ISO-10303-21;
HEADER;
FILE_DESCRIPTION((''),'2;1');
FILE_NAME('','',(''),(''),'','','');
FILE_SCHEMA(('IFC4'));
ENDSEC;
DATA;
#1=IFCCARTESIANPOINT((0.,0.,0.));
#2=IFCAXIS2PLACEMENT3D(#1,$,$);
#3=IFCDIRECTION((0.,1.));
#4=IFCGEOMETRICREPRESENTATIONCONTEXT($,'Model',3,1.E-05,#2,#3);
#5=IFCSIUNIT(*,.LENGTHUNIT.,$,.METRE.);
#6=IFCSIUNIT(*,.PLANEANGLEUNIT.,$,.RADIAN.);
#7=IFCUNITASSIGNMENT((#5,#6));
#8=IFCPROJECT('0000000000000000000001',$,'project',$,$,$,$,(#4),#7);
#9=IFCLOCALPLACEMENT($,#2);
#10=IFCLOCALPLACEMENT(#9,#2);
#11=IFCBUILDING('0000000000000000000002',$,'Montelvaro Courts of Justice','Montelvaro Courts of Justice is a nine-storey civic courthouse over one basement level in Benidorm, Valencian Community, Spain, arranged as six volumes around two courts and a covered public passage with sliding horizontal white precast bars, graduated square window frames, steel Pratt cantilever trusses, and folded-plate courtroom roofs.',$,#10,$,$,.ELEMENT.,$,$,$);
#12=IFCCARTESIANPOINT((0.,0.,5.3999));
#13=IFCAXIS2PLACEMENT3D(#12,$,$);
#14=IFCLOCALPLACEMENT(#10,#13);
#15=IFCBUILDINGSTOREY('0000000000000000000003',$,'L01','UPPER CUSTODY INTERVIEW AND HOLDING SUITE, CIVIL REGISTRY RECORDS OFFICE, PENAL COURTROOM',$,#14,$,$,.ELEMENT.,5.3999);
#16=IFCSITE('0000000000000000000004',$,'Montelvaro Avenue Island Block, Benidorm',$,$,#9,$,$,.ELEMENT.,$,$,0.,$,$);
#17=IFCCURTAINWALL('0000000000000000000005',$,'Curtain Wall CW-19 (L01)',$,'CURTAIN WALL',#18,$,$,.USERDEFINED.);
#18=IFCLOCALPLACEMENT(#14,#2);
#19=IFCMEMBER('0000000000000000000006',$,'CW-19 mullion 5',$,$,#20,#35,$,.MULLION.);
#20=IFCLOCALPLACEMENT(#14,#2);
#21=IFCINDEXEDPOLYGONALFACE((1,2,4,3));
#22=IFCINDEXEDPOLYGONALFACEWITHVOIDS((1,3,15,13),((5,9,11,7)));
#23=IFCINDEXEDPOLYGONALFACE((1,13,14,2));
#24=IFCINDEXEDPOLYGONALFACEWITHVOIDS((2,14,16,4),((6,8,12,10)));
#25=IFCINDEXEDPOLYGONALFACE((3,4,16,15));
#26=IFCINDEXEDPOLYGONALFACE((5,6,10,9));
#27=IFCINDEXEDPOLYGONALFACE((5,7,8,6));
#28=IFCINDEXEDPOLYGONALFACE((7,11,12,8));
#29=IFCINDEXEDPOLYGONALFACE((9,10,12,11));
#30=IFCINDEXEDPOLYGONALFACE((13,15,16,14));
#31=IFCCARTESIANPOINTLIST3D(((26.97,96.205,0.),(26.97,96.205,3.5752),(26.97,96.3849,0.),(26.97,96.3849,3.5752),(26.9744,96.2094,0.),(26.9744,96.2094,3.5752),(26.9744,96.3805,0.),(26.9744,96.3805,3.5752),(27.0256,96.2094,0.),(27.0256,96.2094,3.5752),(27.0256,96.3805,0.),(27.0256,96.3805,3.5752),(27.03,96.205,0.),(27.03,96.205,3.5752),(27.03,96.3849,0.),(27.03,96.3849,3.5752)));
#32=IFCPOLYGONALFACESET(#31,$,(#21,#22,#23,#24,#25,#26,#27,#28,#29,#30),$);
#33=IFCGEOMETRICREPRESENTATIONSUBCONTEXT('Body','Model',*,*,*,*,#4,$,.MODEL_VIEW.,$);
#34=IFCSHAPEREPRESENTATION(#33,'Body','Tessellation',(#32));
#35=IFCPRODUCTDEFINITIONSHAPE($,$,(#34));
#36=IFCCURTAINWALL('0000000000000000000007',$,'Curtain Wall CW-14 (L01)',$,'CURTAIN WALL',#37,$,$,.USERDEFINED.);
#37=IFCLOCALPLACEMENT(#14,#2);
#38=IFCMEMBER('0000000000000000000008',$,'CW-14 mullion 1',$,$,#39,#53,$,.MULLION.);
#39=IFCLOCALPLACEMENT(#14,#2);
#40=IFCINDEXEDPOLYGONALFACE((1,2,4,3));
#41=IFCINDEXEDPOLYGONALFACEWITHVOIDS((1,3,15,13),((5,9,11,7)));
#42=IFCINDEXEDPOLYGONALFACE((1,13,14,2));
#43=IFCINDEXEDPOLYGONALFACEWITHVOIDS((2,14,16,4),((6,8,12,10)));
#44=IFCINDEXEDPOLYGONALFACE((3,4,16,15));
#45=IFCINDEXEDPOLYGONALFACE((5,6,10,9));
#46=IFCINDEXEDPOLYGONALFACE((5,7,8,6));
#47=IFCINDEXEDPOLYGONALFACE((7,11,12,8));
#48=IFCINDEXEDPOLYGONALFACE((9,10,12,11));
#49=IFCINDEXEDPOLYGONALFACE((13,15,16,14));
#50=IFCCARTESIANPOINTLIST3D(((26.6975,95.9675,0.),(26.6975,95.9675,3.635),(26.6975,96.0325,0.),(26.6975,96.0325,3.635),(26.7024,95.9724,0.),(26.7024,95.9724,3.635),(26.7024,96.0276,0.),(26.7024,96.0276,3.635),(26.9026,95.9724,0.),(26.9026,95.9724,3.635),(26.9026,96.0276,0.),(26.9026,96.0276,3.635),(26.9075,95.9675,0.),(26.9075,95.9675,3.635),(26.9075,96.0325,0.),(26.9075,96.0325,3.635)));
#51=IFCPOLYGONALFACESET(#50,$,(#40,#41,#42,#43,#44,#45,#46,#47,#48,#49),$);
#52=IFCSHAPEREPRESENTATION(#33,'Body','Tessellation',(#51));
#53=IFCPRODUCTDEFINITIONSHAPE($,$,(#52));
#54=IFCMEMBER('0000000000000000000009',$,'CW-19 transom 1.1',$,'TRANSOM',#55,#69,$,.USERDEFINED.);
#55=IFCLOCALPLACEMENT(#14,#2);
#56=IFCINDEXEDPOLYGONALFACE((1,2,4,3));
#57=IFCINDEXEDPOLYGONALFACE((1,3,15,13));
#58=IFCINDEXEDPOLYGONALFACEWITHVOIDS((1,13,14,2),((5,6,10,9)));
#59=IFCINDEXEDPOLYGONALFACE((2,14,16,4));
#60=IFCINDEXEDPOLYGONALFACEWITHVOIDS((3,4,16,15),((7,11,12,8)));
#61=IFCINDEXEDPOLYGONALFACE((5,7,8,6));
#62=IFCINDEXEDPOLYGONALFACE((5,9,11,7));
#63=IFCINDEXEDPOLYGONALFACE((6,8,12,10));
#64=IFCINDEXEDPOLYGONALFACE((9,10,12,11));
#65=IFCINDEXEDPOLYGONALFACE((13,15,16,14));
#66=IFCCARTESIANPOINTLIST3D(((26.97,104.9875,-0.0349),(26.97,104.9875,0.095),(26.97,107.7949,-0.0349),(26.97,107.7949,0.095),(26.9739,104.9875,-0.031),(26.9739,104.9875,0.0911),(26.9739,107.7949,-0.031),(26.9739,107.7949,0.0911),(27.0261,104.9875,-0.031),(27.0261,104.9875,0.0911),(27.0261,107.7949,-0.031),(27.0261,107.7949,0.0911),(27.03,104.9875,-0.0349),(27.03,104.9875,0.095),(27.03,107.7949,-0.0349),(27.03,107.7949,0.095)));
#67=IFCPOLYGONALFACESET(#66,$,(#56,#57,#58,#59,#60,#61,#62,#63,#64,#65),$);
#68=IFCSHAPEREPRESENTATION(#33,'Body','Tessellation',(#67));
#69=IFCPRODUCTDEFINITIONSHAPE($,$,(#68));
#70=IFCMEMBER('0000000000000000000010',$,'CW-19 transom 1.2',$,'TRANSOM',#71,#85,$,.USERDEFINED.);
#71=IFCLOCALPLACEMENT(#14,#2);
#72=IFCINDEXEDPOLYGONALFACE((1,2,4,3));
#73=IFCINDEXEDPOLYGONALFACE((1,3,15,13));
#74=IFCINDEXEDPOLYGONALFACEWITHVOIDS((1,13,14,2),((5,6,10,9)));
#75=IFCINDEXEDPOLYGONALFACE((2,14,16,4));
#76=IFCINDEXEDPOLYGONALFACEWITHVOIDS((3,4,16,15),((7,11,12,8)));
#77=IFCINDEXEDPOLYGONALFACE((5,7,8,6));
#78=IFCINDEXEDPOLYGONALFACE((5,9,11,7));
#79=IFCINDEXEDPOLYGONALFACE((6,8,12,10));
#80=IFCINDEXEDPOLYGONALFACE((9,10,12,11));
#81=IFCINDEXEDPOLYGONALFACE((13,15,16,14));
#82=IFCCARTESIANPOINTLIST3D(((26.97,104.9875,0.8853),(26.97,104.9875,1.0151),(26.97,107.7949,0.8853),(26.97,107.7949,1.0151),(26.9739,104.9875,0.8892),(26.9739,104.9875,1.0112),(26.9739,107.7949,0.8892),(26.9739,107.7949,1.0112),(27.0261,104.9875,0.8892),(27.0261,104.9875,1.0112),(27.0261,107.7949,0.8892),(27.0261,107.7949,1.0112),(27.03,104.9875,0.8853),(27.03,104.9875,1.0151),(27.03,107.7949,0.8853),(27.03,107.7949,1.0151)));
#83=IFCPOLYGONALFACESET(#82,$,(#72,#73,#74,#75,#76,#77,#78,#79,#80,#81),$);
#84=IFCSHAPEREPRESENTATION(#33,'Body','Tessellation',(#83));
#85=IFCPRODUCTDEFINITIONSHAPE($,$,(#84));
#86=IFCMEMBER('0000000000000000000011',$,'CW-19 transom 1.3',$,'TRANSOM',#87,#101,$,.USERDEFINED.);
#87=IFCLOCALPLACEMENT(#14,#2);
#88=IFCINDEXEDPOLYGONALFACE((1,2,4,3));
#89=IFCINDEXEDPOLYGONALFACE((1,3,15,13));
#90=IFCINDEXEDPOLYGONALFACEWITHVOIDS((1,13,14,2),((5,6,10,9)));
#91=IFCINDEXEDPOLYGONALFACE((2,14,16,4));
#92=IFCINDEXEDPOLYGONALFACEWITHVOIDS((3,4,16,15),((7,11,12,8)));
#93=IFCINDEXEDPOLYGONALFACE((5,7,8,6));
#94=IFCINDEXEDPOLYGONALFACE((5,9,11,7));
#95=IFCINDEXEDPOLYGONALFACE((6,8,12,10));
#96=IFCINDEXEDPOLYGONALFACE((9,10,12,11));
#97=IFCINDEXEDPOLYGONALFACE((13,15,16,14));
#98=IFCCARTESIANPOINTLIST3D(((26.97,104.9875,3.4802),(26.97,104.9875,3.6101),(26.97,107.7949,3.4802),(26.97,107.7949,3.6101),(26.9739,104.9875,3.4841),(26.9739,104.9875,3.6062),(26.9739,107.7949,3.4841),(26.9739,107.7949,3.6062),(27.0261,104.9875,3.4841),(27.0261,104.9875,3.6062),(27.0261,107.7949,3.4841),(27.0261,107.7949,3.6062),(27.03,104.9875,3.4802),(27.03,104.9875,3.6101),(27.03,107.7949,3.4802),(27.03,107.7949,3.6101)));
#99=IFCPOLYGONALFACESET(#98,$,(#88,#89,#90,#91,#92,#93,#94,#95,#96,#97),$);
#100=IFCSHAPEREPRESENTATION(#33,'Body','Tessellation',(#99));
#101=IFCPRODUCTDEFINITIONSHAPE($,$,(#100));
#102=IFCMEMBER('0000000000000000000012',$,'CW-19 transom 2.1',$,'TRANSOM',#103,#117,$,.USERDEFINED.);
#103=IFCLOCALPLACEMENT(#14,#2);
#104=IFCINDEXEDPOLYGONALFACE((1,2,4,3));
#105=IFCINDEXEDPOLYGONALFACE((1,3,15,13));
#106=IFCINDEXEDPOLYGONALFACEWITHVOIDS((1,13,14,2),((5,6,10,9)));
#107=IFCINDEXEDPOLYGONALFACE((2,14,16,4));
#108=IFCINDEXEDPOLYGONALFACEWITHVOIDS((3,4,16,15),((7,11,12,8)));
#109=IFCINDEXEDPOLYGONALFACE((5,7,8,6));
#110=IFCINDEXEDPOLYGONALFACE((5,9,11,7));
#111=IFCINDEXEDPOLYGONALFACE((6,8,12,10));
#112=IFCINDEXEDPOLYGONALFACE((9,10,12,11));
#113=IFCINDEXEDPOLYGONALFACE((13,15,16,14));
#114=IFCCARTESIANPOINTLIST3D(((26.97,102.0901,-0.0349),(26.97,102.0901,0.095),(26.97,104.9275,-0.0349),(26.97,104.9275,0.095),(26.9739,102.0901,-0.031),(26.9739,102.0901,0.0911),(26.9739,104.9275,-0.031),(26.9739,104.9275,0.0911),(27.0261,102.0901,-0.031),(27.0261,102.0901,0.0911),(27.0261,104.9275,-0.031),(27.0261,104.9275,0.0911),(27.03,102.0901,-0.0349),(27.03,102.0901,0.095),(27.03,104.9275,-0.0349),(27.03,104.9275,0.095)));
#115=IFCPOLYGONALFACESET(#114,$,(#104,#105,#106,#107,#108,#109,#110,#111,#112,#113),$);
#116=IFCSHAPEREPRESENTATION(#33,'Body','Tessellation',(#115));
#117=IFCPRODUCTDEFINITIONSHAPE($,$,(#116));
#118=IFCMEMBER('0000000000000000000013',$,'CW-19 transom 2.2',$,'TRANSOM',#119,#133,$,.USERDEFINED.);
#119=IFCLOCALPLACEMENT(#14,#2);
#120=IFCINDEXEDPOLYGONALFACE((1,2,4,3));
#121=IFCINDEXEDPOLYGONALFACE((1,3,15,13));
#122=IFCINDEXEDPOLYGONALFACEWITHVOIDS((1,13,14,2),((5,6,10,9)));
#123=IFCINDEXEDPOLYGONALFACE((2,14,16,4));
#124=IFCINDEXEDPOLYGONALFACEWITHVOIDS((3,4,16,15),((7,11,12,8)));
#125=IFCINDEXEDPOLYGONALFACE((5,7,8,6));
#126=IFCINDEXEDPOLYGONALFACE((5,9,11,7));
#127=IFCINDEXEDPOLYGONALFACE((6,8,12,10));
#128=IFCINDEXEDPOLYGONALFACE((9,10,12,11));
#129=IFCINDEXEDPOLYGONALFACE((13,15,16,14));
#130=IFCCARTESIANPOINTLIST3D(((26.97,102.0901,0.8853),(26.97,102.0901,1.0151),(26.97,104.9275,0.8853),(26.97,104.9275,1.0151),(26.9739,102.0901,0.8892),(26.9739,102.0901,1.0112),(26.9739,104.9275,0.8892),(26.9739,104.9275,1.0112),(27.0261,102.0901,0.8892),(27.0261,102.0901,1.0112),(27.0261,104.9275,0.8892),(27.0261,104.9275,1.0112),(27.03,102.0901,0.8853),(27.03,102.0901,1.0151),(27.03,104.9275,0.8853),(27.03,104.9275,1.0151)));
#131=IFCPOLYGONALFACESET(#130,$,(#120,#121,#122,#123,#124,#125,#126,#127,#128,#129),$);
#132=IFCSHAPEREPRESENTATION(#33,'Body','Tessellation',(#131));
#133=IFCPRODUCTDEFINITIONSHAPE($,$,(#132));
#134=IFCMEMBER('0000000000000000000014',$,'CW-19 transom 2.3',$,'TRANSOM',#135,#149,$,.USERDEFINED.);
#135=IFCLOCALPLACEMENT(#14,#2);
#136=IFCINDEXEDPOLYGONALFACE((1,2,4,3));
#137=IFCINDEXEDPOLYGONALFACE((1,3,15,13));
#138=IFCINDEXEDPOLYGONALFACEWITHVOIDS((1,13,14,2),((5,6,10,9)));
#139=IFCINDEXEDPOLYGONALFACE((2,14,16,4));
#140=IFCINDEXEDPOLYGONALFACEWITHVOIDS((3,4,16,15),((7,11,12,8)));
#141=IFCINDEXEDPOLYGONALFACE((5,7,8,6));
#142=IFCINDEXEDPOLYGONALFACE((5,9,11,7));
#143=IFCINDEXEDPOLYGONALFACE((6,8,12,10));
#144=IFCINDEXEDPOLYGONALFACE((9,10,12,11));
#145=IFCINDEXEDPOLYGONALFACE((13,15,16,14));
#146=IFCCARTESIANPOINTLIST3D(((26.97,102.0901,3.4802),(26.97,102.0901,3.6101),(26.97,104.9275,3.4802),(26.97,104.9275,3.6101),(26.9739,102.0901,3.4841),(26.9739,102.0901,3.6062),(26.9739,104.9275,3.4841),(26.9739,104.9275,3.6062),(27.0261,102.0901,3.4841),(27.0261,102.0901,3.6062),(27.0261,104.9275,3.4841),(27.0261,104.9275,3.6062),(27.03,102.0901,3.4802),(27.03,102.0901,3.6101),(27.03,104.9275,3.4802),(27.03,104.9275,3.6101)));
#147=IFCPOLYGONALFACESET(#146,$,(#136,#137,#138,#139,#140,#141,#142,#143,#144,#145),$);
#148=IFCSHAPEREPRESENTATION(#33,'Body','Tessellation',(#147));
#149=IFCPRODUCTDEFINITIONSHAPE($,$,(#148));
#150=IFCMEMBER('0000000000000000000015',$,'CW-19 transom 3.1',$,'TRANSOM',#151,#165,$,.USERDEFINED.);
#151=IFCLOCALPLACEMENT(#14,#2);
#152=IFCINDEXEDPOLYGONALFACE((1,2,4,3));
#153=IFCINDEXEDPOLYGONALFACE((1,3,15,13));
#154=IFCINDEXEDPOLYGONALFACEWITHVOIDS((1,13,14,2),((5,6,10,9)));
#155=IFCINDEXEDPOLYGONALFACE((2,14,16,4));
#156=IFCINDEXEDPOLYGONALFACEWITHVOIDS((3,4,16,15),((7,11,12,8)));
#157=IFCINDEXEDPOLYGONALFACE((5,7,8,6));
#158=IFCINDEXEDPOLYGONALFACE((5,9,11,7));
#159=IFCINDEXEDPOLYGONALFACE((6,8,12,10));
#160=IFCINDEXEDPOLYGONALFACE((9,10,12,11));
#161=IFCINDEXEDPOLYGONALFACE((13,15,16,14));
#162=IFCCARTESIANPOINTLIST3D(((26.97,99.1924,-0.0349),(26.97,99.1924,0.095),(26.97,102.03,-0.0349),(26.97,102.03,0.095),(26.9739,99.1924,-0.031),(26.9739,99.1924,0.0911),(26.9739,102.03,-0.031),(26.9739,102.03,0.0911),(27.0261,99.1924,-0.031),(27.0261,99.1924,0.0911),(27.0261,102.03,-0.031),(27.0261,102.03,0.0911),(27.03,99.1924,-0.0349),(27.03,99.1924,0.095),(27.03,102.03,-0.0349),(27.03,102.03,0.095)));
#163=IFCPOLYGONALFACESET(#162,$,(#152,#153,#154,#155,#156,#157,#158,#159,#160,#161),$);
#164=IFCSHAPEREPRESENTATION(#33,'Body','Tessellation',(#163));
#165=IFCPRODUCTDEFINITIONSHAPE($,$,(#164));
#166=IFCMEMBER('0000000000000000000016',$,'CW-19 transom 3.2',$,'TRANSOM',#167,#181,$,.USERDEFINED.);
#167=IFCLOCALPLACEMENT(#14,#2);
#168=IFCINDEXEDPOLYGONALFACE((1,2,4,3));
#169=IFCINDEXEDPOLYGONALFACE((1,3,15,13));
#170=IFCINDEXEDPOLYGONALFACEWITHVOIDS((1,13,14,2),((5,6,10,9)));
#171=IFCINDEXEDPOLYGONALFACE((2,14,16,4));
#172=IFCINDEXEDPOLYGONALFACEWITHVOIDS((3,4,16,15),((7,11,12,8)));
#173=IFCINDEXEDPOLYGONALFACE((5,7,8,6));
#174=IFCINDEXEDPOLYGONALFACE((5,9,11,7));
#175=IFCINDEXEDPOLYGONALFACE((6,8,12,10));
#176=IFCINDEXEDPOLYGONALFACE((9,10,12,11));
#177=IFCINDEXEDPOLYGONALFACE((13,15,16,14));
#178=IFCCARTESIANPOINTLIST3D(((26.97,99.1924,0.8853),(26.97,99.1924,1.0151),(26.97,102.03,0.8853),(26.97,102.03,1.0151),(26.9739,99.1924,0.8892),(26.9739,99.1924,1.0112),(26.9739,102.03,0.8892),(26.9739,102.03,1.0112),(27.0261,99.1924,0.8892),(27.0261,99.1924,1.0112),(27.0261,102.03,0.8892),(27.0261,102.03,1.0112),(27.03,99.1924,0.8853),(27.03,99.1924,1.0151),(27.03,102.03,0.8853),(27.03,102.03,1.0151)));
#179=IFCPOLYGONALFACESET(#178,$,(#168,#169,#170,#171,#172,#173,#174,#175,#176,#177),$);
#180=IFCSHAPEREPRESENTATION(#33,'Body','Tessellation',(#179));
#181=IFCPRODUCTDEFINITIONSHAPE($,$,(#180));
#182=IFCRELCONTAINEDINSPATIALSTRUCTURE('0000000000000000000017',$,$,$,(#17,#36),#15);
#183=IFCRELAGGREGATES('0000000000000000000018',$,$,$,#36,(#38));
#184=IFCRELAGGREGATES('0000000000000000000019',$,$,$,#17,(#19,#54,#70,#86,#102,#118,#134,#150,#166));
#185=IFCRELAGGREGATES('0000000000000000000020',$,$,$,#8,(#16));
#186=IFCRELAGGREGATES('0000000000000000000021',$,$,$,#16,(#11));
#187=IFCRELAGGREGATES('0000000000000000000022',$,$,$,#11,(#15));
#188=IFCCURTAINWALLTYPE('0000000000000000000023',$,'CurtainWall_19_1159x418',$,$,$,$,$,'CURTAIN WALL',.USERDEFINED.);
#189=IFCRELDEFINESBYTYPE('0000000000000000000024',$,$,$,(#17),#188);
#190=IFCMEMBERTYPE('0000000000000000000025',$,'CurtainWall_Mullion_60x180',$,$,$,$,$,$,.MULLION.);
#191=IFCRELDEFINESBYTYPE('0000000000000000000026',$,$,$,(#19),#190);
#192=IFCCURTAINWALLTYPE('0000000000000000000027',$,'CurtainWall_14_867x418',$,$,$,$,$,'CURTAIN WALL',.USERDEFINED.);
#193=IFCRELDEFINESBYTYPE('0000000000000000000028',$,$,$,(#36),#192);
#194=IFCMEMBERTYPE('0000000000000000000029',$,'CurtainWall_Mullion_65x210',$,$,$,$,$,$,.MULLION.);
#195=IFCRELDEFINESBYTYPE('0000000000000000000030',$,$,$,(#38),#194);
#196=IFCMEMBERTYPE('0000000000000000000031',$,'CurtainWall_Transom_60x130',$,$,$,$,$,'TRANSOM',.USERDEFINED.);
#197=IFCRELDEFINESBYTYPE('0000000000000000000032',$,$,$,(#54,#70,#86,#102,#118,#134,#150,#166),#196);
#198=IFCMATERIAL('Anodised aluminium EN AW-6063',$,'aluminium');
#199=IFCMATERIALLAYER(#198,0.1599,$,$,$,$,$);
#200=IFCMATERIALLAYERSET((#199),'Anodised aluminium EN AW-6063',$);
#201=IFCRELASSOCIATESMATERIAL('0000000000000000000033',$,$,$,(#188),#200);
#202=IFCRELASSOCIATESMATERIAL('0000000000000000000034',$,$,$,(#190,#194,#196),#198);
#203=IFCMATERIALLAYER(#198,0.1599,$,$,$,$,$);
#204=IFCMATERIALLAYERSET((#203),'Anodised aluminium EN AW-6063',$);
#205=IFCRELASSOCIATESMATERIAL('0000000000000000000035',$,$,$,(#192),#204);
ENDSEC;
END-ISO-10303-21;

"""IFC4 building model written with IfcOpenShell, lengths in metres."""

from ifc_helpers import new_model, si_unit, direction, frame, origin, origin_2d, place, context, subcontext, project, spatial, hollow_rectangle, extrude, material, layer, layer_set, material_profile, profile_set, type_object, element, aggregate, save


model = new_model("IFC4")

# Units and contexts
model_context = context("Model", 3, precision=1e-05, world=origin(), true_north=direction((0.0, 1.0)))
body_context = subcontext(model_context, "Body", "Model", "MODEL_VIEW")
ifc_project = project(units=[si_unit("LENGTHUNIT", "METRE"), si_unit("PLANEANGLEUNIT", "RADIAN")], contexts=[model_context])

# Site, building, storey
site_placement = place(None, origin())
site = spatial("IfcSite", under=ifc_project, at=site_placement, Name="Montelvaro Avenue Island Block, Benidorm", CompositionType="ELEMENT", RefElevation=0.0)
building_placement = place(site_placement, origin())
building = spatial("IfcBuilding", under=site, at=building_placement, Name="Montelvaro Courts of Justice", Description="Montelvaro Courts of Justice is a nine-storey civic courthouse over one basement level in Benidorm, Valencian Community, Spain, arranged as six volumes around two courts and a covered public passage with sliding horizontal white precast bars, graduated square window frames, steel Pratt cantilever trusses, and folded-plate courtroom roofs.", CompositionType="ELEMENT")
storey_placement = place(building_placement, frame((0.0, 0.0, 5.3999)))
storey = spatial("IfcBuildingStorey", under=building, at=storey_placement, Name="L01", Description="UPPER CUSTODY INTERVIEW AND HOLDING SUITE, CIVIL REGISTRY RECORDS OFFICE, PENAL COURTROOM", CompositionType="ELEMENT", Elevation=5.3999)

# Curtain wall, member
ifc_material_1 = material(Name="Anodised aluminium EN AW-6063", Category="aluminium")
ifc_layer_1 = layer(ifc_material_1, 0.1599)
ifc_layer_set_1 = layer_set([ifc_layer_1], Name="Anodised aluminium EN AW-6063")
curtain_wall_type_1 = type_object("IfcCurtainWallType", Name="CurtainWall_19_1159x418", ElementType="CURTAIN WALL", PredefinedType="USERDEFINED", material=ifc_layer_set_1)
curtain_wall_1_placement = place(storey_placement, origin())
curtain_wall_1 = element("IfcCurtainWall", 1, at=curtain_wall_1_placement, inside=storey, type_object=curtain_wall_type_1, Name="Curtain Wall CW-19 (L01)", ObjectType="CURTAIN WALL", PredefinedType="USERDEFINED")
ifc_material_profile_1 = material_profile(ifc_material_1, hollow_rectangle(XDim=0.0601, YDim=0.1799, WallThickness=0.0044, at=origin_2d()), Name="ALU-M 60x180")
ifc_profile_set_1 = profile_set([ifc_material_profile_1], Name="Anodised aluminium EN AW-6063")
member_type_1 = type_object("IfcMemberType", Name="CurtainWall_Mullion_60x180", PredefinedType="MULLION", material=ifc_profile_set_1)
member_1_placement = place(storey_placement, frame((27.0, 96.2949, 0.0), z_axis=(0.0, 0.0, 1.0), x_axis=(1.0, 0.0, 0.0)))
member_1 = element("IfcMember", 2, at=member_1_placement, type_object=member_type_1, Name="CW-19 mullion 5", PredefinedType="MULLION", context=body_context, shape_type="SweptSolid", body=[
    extrude(hollow_rectangle(XDim=0.0601, YDim=0.1799, WallThickness=0.0044, at=origin_2d()), origin(), (0.0, 0.0, 1.0), 3.5752),
])

# Curtain wall, member
ifc_layer_2 = layer(ifc_material_1, 0.1599)
ifc_layer_set_2 = layer_set([ifc_layer_2], Name="Anodised aluminium EN AW-6063")
curtain_wall_type_2 = type_object("IfcCurtainWallType", Name="CurtainWall_14_867x418", ElementType="CURTAIN WALL", PredefinedType="USERDEFINED", material=ifc_layer_set_2)
curtain_wall_2_placement = place(storey_placement, origin())
curtain_wall_2 = element("IfcCurtainWall", 3, at=curtain_wall_2_placement, inside=storey, type_object=curtain_wall_type_2, Name="Curtain Wall CW-14 (L01)", ObjectType="CURTAIN WALL", PredefinedType="USERDEFINED")
ifc_material_profile_2 = material_profile(ifc_material_1, hollow_rectangle(XDim=0.0649, YDim=0.21, WallThickness=0.0049, at=origin_2d()), Name="ALU-M 65x210")
ifc_profile_set_2 = profile_set([ifc_material_profile_2], Name="Anodised aluminium EN AW-6063")
member_type_2 = type_object("IfcMemberType", Name="CurtainWall_Mullion_65x210", PredefinedType="MULLION", material=ifc_profile_set_2)
member_2_placement = place(storey_placement, frame((26.8025, 96.0, 0.0), z_axis=(0.0, 0.0, 1.0), x_axis=(0.0, -1.0, 0.0)))
member_2 = element("IfcMember", 4, at=member_2_placement, type_object=member_type_2, Name="CW-14 mullion 1", PredefinedType="MULLION", context=body_context, shape_type="SweptSolid", body=[
    extrude(hollow_rectangle(XDim=0.0649, YDim=0.21, WallThickness=0.0049, at=origin_2d()), origin(), (0.0, 0.0, 1.0), 3.635),
])
aggregate(curtain_wall_2, [member_2])

# Members
ifc_material_profile_3 = material_profile(ifc_material_1, hollow_rectangle(XDim=0.0601, YDim=0.1299, WallThickness=0.0039, at=origin_2d()), Name="ALU-T 60x130")
ifc_profile_set_3 = profile_set([ifc_material_profile_3], Name="Anodised aluminium EN AW-6063")
member_type_3 = type_object("IfcMemberType", Name="CurtainWall_Transom_60x130", ElementType="TRANSOM", PredefinedType="USERDEFINED", material=ifc_profile_set_3)
member_3_placement = place(storey_placement, frame((27.0, 107.7949, 0.03), z_axis=(0.0, -1.0, 0.0), x_axis=(1.0, 0.0, 0.0)))
member_3 = element("IfcMember", 5, at=member_3_placement, type_object=member_type_3, Name="CW-19 transom 1.1", ObjectType="TRANSOM", PredefinedType="USERDEFINED", context=body_context, shape_type="SweptSolid", body=[
    extrude(hollow_rectangle(XDim=0.0601, YDim=0.1299, WallThickness=0.0039, at=origin_2d()), origin(), (0.0, 0.0, 1.0), 2.8074),
])
member_4_placement = place(storey_placement, frame((27.0, 107.7949, 0.9502), z_axis=(0.0, -1.0, 0.0), x_axis=(1.0, 0.0, 0.0)))
member_4 = element("IfcMember", 6, at=member_4_placement, type_object=member_type_3, Name="CW-19 transom 1.2", ObjectType="TRANSOM", PredefinedType="USERDEFINED", context=body_context, shape_type="SweptSolid", body=[
    extrude(hollow_rectangle(XDim=0.0601, YDim=0.1299, WallThickness=0.0039, at=origin_2d()), origin(), (0.0, 0.0, 1.0), 2.8074),
])
member_5_placement = place(storey_placement, frame((27.0, 107.7949, 3.5452), z_axis=(0.0, -1.0, 0.0), x_axis=(1.0, 0.0, 0.0)))
member_5 = element("IfcMember", 7, at=member_5_placement, type_object=member_type_3, Name="CW-19 transom 1.3", ObjectType="TRANSOM", PredefinedType="USERDEFINED", context=body_context, shape_type="SweptSolid", body=[
    extrude(hollow_rectangle(XDim=0.0601, YDim=0.1299, WallThickness=0.0039, at=origin_2d()), origin(), (0.0, 0.0, 1.0), 2.8074),
])
member_6_placement = place(storey_placement, frame((27.0, 104.9275, 0.03), z_axis=(0.0, -1.0, 0.0), x_axis=(1.0, 0.0, 0.0)))
member_6 = element("IfcMember", 8, at=member_6_placement, type_object=member_type_3, Name="CW-19 transom 2.1", ObjectType="TRANSOM", PredefinedType="USERDEFINED", context=body_context, shape_type="SweptSolid", body=[
    extrude(hollow_rectangle(XDim=0.0601, YDim=0.1299, WallThickness=0.0039, at=origin_2d()), origin(), (0.0, 0.0, 1.0), 2.8374),
])
member_7_placement = place(storey_placement, frame((27.0, 104.9275, 0.9502), z_axis=(0.0, -1.0, 0.0), x_axis=(1.0, 0.0, 0.0)))
member_7 = element("IfcMember", 9, at=member_7_placement, type_object=member_type_3, Name="CW-19 transom 2.2", ObjectType="TRANSOM", PredefinedType="USERDEFINED", context=body_context, shape_type="SweptSolid", body=[
    extrude(hollow_rectangle(XDim=0.0601, YDim=0.1299, WallThickness=0.0039, at=origin_2d()), origin(), (0.0, 0.0, 1.0), 2.8374),
])
member_8_placement = place(storey_placement, frame((27.0, 104.9275, 3.5452), z_axis=(0.0, -1.0, 0.0), x_axis=(1.0, 0.0, 0.0)))
member_8 = element("IfcMember", 10, at=member_8_placement, type_object=member_type_3, Name="CW-19 transom 2.3", ObjectType="TRANSOM", PredefinedType="USERDEFINED", context=body_context, shape_type="SweptSolid", body=[
    extrude(hollow_rectangle(XDim=0.0601, YDim=0.1299, WallThickness=0.0039, at=origin_2d()), origin(), (0.0, 0.0, 1.0), 2.8374),
])
member_9_placement = place(storey_placement, frame((27.0, 102.03, 0.03), z_axis=(0.0, -1.0, 0.0), x_axis=(1.0, 0.0, 0.0)))
member_9 = element("IfcMember", 11, at=member_9_placement, type_object=member_type_3, Name="CW-19 transom 3.1", ObjectType="TRANSOM", PredefinedType="USERDEFINED", context=body_context, shape_type="SweptSolid", body=[
    extrude(hollow_rectangle(XDim=0.0601, YDim=0.1299, WallThickness=0.0039, at=origin_2d()), origin(), (0.0, 0.0, 1.0), 2.8376),
])
member_10_placement = place(storey_placement, frame((27.0, 102.03, 0.9502), z_axis=(0.0, -1.0, 0.0), x_axis=(1.0, 0.0, 0.0)))
member_10 = element("IfcMember", 12, at=member_10_placement, type_object=member_type_3, Name="CW-19 transom 3.2", ObjectType="TRANSOM", PredefinedType="USERDEFINED", context=body_context, shape_type="SweptSolid", body=[
    extrude(hollow_rectangle(XDim=0.0601, YDim=0.1299, WallThickness=0.0039, at=origin_2d()), origin(), (0.0, 0.0, 1.0), 2.8376),
])

aggregate(curtain_wall_1, [member_1, member_3, member_4, member_5, member_6, member_7, member_8, member_9, member_10])

save(model, "model.ifc")
